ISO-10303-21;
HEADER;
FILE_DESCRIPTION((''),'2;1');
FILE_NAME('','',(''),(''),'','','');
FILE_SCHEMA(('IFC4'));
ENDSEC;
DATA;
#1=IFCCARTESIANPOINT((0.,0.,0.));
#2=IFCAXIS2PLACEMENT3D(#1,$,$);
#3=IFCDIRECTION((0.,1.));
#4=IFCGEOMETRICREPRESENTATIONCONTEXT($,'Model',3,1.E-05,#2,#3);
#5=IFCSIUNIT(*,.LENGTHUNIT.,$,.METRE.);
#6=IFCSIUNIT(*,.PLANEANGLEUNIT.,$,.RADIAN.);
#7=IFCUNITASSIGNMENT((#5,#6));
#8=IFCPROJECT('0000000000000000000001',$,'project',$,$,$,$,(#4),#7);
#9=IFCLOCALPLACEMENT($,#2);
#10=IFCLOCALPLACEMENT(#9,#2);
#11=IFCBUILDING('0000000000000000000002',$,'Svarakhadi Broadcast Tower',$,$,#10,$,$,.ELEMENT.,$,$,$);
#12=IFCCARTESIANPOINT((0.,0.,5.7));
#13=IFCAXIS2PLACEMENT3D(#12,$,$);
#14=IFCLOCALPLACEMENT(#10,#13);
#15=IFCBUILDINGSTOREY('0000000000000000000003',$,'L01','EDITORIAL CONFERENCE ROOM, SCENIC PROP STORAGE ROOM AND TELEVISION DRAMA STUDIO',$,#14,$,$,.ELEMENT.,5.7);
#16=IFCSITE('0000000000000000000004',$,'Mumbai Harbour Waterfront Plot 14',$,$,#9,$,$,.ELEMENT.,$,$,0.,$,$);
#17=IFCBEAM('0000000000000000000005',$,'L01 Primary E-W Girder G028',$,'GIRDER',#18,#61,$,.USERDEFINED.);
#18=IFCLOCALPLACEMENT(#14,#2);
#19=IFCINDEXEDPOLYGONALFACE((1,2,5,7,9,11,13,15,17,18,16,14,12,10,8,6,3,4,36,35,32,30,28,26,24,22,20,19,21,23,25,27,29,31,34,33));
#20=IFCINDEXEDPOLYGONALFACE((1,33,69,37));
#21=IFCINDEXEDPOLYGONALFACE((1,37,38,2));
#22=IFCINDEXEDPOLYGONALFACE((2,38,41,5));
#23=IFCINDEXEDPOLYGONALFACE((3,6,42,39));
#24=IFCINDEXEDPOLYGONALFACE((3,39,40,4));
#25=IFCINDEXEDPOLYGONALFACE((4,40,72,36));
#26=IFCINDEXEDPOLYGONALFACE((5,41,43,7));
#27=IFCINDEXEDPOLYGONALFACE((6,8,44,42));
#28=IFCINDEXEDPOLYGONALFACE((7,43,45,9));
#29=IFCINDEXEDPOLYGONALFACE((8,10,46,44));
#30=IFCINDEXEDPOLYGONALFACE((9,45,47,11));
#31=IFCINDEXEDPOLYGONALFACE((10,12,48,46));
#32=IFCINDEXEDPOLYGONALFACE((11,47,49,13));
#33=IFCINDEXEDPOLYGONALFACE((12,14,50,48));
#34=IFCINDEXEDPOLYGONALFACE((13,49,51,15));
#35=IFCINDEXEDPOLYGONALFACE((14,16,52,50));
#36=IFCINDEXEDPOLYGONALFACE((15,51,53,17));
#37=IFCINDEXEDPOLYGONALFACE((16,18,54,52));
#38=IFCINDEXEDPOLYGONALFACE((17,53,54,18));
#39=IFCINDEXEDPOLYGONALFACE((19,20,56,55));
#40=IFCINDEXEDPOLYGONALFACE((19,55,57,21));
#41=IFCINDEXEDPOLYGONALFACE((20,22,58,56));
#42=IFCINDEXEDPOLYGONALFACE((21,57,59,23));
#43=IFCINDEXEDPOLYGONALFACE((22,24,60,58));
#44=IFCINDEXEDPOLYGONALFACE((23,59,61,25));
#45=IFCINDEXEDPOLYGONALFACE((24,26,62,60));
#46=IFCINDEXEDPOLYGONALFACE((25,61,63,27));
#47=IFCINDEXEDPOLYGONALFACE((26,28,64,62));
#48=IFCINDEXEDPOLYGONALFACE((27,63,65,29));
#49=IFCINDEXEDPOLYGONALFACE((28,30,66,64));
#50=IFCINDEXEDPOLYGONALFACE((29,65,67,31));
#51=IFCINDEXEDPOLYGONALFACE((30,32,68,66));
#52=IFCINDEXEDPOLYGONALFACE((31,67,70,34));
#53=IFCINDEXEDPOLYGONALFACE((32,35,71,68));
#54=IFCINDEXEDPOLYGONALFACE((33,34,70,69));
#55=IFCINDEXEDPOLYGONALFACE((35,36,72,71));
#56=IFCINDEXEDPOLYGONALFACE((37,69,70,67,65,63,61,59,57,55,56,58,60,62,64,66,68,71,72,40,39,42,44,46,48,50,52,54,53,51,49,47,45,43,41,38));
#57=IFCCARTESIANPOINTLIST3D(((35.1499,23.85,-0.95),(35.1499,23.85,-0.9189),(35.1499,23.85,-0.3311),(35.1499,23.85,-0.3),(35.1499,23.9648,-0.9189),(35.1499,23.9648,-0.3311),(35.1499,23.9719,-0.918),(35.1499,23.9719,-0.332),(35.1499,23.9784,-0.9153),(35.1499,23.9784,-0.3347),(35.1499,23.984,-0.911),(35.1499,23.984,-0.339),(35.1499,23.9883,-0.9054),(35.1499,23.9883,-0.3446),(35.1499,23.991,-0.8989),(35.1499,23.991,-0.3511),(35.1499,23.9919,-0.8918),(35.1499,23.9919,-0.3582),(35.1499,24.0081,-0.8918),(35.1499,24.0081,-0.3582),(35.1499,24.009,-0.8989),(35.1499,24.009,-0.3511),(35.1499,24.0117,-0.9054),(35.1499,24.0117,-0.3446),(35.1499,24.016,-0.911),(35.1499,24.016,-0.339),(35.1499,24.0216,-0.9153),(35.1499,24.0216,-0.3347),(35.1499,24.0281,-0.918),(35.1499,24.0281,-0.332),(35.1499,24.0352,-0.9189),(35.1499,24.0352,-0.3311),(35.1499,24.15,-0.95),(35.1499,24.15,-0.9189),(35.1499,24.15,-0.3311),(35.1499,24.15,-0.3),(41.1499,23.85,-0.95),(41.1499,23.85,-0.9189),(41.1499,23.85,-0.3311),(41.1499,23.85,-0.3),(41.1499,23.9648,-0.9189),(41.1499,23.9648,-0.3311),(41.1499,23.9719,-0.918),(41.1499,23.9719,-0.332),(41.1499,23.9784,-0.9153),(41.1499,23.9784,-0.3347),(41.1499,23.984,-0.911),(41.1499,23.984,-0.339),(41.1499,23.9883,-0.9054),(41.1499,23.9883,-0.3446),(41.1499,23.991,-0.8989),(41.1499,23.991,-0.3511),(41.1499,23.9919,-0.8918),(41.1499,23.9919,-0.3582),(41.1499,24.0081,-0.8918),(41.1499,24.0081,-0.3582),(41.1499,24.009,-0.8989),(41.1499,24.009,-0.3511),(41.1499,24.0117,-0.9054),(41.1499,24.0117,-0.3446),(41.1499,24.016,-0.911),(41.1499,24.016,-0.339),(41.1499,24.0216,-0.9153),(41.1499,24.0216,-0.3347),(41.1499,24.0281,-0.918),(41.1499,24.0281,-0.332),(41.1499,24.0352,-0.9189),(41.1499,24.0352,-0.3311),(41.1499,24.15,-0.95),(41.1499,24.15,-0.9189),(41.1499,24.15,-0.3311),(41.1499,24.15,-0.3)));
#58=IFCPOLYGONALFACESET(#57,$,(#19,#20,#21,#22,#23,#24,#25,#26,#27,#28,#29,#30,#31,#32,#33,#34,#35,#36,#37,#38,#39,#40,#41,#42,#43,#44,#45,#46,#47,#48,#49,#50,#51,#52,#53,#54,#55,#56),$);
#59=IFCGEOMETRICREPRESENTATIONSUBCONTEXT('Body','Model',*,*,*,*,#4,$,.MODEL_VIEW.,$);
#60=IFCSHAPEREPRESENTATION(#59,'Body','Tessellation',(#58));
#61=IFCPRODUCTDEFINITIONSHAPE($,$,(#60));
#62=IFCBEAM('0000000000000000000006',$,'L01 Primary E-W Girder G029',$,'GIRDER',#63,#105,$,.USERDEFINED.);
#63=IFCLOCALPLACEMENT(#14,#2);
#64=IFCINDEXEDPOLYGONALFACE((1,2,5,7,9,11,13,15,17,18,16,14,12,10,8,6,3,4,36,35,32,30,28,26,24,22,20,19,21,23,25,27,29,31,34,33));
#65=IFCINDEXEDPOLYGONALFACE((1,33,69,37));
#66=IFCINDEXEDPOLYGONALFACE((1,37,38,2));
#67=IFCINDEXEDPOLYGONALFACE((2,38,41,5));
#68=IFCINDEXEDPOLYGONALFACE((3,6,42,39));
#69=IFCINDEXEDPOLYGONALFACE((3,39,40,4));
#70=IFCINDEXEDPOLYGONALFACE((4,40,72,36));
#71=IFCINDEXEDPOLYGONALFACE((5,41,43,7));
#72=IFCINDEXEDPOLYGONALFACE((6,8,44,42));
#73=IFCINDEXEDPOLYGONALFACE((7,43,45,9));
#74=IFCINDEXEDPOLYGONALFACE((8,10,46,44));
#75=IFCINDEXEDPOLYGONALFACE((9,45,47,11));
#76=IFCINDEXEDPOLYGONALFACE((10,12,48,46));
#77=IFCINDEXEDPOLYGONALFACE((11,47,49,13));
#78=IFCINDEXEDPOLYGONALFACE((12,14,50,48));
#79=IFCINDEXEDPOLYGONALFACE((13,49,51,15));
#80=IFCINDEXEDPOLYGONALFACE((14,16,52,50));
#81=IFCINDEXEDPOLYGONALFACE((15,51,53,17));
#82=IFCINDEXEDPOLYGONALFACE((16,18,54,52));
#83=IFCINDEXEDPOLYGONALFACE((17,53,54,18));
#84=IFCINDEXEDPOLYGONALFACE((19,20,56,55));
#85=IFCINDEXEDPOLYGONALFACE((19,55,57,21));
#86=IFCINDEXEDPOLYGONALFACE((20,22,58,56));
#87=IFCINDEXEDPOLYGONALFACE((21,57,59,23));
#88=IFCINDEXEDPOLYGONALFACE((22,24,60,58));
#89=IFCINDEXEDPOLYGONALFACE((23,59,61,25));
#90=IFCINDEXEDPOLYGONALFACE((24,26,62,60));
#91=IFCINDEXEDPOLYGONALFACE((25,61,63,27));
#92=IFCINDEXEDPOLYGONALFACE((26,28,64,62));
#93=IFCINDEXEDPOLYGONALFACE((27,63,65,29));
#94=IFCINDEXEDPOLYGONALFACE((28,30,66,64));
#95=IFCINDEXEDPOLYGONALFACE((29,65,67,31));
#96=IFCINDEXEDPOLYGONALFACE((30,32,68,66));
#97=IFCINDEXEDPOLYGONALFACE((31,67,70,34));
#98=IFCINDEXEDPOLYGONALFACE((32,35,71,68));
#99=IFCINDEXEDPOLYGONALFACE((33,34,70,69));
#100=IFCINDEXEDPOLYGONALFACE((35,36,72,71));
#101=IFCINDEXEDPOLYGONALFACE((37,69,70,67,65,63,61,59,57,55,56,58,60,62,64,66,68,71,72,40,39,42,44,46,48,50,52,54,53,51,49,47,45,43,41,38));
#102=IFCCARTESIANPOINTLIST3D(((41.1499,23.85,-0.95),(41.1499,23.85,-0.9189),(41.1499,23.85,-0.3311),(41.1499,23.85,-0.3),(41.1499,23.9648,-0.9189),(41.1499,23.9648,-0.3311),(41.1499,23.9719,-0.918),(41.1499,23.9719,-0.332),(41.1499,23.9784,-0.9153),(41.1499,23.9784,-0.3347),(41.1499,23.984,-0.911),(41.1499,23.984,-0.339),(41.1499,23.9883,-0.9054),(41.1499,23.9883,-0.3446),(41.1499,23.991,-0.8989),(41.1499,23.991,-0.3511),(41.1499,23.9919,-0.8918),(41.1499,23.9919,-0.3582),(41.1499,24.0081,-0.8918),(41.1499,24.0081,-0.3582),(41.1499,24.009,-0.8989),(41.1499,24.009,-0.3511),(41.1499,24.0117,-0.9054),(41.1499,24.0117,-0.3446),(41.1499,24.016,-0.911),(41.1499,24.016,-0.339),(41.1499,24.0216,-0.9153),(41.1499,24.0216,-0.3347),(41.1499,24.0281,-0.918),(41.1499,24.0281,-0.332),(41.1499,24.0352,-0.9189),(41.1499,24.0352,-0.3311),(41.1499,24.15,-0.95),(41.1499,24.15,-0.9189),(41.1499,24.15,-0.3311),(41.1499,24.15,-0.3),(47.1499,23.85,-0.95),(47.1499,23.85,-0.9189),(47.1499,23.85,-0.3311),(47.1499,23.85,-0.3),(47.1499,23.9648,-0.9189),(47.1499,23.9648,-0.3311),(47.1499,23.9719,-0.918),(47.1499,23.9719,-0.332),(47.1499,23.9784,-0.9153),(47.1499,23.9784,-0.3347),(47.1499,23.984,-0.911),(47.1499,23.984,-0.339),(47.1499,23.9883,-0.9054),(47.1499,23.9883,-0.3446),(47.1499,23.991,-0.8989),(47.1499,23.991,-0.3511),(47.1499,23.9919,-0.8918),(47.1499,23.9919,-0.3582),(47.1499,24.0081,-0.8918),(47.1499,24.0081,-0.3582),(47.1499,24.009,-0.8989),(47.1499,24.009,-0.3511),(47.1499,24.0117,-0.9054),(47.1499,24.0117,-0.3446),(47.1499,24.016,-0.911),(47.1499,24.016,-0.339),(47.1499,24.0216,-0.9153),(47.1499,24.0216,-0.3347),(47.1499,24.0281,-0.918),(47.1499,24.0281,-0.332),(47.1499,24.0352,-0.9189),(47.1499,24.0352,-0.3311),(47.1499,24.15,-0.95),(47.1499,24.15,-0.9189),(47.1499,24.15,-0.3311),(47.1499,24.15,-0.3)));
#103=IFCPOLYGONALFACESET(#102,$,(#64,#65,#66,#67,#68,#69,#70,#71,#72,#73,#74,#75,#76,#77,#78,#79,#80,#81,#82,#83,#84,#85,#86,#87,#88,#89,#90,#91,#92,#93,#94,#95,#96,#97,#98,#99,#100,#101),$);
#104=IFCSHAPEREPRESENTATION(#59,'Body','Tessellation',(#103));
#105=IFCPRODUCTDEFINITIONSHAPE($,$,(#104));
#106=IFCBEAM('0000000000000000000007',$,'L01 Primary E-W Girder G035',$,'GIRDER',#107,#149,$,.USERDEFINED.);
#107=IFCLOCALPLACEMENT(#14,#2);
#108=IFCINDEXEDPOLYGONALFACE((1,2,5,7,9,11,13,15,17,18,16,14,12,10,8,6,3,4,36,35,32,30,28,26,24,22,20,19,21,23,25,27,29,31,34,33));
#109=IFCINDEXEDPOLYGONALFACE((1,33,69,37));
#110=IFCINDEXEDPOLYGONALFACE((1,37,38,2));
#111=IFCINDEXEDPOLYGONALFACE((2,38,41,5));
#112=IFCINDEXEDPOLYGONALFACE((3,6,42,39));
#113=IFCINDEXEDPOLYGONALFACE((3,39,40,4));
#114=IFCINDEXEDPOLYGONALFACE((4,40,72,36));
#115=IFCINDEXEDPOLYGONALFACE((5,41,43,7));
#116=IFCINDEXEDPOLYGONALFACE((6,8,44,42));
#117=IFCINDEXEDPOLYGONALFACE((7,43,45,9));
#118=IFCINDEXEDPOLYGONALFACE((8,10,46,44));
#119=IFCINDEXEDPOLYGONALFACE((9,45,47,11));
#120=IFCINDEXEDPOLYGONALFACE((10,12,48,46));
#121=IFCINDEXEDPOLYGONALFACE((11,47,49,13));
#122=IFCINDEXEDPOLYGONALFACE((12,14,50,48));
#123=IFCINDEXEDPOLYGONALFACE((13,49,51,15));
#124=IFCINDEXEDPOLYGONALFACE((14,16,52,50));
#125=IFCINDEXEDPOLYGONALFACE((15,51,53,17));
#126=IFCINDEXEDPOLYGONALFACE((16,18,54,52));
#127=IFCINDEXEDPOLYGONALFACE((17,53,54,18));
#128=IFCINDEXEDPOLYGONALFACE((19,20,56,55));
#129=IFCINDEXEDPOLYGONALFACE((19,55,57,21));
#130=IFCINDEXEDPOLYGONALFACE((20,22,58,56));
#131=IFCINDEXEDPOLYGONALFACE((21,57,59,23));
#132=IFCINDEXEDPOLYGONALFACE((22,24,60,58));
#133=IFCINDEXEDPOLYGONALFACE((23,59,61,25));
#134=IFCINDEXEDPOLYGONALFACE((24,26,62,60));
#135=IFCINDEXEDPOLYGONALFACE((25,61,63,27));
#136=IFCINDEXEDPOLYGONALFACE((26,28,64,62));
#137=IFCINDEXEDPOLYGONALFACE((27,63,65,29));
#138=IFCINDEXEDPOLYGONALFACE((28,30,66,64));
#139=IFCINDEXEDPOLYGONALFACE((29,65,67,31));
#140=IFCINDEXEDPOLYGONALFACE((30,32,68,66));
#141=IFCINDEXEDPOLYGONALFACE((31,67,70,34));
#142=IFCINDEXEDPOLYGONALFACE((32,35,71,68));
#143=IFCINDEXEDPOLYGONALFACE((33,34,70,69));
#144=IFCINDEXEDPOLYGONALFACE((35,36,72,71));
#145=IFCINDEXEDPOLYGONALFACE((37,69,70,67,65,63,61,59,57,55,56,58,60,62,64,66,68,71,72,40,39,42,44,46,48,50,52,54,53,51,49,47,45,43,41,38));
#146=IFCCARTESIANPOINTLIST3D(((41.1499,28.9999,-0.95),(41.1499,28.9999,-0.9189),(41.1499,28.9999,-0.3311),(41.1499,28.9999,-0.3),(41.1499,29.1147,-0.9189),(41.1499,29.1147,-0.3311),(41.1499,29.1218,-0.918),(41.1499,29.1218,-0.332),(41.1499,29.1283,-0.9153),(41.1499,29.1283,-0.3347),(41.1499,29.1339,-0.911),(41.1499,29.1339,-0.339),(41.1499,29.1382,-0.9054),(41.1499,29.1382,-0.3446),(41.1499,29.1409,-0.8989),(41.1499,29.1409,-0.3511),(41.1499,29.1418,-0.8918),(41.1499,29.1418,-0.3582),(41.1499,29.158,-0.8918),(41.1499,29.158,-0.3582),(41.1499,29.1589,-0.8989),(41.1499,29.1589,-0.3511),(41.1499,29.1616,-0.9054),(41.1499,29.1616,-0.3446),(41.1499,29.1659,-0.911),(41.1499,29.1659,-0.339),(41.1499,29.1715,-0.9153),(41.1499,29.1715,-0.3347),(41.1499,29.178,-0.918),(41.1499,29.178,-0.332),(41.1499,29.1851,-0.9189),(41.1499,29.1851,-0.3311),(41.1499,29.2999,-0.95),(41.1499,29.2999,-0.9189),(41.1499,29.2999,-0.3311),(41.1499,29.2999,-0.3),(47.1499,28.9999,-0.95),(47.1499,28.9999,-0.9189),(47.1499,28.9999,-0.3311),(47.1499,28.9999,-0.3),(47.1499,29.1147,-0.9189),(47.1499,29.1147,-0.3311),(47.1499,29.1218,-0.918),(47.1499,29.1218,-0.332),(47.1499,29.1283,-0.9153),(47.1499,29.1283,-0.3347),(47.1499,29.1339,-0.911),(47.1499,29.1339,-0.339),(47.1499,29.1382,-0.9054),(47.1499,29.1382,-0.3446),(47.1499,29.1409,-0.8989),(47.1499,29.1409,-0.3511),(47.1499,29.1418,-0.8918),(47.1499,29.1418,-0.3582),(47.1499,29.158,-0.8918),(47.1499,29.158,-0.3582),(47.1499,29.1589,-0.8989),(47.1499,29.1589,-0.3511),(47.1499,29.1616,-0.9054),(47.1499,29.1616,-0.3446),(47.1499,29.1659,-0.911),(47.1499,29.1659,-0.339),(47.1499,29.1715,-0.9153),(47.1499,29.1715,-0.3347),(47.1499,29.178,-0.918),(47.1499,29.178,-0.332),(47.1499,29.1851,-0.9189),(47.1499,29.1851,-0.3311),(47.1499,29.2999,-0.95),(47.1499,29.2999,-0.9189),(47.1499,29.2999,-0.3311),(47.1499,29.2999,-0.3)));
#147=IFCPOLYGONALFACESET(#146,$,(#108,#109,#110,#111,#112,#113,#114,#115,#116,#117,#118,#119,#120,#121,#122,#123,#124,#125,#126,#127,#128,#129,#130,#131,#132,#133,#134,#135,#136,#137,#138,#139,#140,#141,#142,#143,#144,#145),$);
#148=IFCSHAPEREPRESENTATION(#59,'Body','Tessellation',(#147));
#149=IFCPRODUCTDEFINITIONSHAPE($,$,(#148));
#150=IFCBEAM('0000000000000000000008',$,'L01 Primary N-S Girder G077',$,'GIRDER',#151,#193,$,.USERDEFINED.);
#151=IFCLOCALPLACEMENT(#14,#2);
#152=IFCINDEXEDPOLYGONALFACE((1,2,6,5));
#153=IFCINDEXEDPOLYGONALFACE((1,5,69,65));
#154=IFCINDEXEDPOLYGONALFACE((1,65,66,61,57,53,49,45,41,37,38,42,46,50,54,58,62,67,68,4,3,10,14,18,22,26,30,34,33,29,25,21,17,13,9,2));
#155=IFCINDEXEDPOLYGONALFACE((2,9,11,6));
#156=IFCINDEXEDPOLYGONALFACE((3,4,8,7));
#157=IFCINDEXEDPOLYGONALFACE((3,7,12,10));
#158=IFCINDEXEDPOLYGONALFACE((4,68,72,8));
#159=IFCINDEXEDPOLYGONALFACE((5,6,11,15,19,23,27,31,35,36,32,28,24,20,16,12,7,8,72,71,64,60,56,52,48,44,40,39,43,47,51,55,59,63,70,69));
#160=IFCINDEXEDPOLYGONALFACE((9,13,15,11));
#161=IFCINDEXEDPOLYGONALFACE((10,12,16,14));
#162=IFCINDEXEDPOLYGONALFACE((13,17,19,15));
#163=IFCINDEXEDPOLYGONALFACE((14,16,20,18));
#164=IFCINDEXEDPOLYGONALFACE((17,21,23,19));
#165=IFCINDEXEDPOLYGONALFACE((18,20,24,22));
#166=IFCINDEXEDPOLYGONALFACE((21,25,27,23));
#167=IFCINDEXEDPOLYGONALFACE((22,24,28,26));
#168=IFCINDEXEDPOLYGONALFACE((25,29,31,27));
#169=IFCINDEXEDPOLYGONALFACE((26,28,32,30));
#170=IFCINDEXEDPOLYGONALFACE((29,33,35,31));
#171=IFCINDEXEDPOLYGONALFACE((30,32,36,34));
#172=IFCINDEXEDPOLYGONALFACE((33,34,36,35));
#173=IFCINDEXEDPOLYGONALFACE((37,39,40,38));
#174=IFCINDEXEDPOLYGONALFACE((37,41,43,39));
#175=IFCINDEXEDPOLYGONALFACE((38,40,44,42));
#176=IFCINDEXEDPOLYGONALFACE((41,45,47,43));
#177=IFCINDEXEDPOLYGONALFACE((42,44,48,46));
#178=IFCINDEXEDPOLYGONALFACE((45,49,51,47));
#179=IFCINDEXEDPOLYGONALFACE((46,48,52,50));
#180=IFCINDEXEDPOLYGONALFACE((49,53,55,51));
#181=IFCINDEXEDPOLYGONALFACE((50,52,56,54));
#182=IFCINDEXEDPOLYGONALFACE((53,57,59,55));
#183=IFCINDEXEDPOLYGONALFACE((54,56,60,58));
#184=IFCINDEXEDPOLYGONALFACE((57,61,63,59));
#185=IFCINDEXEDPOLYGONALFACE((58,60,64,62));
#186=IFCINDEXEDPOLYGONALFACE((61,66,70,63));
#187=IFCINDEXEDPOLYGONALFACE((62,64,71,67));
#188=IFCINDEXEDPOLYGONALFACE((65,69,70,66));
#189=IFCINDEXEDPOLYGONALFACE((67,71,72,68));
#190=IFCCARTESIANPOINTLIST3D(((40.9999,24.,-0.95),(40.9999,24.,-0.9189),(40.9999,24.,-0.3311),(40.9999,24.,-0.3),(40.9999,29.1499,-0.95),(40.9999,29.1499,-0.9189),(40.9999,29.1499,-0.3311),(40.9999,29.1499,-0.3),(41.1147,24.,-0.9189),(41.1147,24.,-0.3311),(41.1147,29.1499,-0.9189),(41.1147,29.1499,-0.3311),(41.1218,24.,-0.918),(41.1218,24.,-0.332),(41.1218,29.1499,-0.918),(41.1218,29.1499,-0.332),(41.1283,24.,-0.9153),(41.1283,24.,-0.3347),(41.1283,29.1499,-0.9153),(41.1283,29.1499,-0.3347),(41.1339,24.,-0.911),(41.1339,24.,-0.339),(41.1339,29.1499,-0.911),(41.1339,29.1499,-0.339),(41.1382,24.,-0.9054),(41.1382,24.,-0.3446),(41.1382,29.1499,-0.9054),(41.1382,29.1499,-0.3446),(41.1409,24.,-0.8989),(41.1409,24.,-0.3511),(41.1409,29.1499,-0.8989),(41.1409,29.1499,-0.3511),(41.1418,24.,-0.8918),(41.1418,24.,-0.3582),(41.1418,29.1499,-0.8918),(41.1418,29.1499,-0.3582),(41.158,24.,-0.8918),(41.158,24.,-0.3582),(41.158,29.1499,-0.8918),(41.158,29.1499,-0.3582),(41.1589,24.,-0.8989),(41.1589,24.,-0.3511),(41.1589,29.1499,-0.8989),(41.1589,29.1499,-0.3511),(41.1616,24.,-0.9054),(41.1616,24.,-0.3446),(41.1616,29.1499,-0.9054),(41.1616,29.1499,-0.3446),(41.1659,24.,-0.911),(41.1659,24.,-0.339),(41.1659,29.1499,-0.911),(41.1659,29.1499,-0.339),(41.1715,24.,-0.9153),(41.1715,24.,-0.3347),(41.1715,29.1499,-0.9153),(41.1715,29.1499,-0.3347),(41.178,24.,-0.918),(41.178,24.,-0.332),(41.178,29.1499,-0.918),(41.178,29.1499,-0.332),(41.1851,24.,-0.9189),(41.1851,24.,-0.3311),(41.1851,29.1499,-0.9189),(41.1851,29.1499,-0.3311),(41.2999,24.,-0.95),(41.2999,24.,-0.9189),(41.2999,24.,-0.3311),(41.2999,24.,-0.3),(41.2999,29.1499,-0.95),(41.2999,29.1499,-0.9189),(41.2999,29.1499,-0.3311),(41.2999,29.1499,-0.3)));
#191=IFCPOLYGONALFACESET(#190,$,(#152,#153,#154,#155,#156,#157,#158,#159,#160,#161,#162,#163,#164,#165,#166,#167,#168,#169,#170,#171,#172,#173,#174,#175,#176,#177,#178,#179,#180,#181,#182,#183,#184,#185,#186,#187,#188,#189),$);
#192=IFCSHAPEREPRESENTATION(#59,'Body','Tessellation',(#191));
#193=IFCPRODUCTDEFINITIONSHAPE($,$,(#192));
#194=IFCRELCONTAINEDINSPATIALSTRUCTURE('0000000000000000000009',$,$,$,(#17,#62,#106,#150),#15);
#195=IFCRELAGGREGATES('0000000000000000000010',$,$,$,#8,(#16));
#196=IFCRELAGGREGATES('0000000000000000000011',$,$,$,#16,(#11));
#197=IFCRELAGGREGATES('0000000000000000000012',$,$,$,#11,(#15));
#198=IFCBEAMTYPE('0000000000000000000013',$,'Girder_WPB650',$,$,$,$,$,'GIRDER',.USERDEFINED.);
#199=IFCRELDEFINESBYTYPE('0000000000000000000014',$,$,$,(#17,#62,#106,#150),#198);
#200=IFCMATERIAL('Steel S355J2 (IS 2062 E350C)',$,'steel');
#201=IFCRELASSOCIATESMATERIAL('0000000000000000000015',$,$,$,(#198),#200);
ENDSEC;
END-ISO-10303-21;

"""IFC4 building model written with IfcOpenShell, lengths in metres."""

from ifc_helpers import new_model, si_unit, direction, frame, origin, origin_2d, place, context, subcontext, project, spatial, i_section, extrude, material, material_profile, profile_set, type_object, element, save


model = new_model("IFC4")

# Units and contexts
model_context = context("Model", 3, precision=1e-05, world=origin(), true_north=direction((0.0, 1.0)))
body_context = subcontext(model_context, "Body", "Model", "MODEL_VIEW")
ifc_project = project(units=[si_unit("LENGTHUNIT", "METRE"), si_unit("PLANEANGLEUNIT", "RADIAN")], contexts=[model_context])

# Site, building, storey
site_placement = place(None, origin())
site = spatial("IfcSite", under=ifc_project, at=site_placement, Name="Mumbai Harbour Waterfront Plot 14", CompositionType="ELEMENT", RefElevation=0.0)
building_placement = place(site_placement, origin())
building = spatial("IfcBuilding", under=site, at=building_placement, Name="Svarakhadi Broadcast Tower", CompositionType="ELEMENT")
storey_placement = place(building_placement, frame((0.0, 0.0, 5.7)))
storey = spatial("IfcBuildingStorey", under=building, at=storey_placement, Name="L01", Description="EDITORIAL CONFERENCE ROOM, SCENIC PROP STORAGE ROOM AND TELEVISION DRAMA STUDIO", CompositionType="ELEMENT", Elevation=5.7)

# Beams
ifc_material_1 = material(Name="Steel S355J2 (IS 2062 E350C)", Category="steel")
ifc_material_profile_1 = material_profile(ifc_material_1, i_section(OverallWidth=0.3, OverallDepth=0.6499, WebThickness=0.0161, FlangeThickness=0.031, FilletRadius=0.0271, at=origin_2d()), Name="WPB 650x300x225")
ifc_profile_set_1 = profile_set([ifc_material_profile_1], Name="Steel S355J2 (IS 2062 E350C)")
beam_type_1 = type_object("IfcBeamType", Name="Girder_WPB650", ElementType="GIRDER", PredefinedType="USERDEFINED", material=ifc_profile_set_1)
for number, where, z_axis, x_axis, name in (
    (1, (35.1499, 24.0, -0.625), (1.0, 0.0, 0.0), (0.0, 1.0, 0.0), "L01 Primary E-W Girder G028"),
    (2, (41.1499, 24.0, -0.625), (1.0, 0.0, 0.0), (0.0, 1.0, 0.0), "L01 Primary E-W Girder G029"),
    (3, (41.1499, 29.1499, -0.625), (1.0, 0.0, 0.0), (0.0, 1.0, 0.0), "L01 Primary E-W Girder G035"),
):
    element("IfcBeam", number, at=place(storey_placement, frame(where, z_axis=z_axis, x_axis=x_axis)), inside=storey, type_object=beam_type_1, Name=name, ObjectType="GIRDER", PredefinedType="USERDEFINED", context=body_context, shape_type="SweptSolid", body=[
        extrude(i_section(OverallWidth=0.3, OverallDepth=0.6499, WebThickness=0.0161, FlangeThickness=0.031, FilletRadius=0.0271, at=origin_2d()), origin(), (0.0, 0.0, 1.0), 6.0),
    ])
beam_placement = place(storey_placement, frame((41.1499, 24.0, -0.625), z_axis=(0.0, 1.0, 0.0), x_axis=(-1.0, 0.0, 0.0)))
element("IfcBeam", 4, at=beam_placement, inside=storey, type_object=beam_type_1, Name="L01 Primary N-S Girder G077", ObjectType="GIRDER", PredefinedType="USERDEFINED", context=body_context, shape_type="SweptSolid", body=[
    extrude(i_section(OverallWidth=0.3, OverallDepth=0.6499, WebThickness=0.0161, FlangeThickness=0.031, FilletRadius=0.0271, at=origin_2d()), origin(), (0.0, 0.0, 1.0), 5.1499),
])

save(model, "model.ifc")
